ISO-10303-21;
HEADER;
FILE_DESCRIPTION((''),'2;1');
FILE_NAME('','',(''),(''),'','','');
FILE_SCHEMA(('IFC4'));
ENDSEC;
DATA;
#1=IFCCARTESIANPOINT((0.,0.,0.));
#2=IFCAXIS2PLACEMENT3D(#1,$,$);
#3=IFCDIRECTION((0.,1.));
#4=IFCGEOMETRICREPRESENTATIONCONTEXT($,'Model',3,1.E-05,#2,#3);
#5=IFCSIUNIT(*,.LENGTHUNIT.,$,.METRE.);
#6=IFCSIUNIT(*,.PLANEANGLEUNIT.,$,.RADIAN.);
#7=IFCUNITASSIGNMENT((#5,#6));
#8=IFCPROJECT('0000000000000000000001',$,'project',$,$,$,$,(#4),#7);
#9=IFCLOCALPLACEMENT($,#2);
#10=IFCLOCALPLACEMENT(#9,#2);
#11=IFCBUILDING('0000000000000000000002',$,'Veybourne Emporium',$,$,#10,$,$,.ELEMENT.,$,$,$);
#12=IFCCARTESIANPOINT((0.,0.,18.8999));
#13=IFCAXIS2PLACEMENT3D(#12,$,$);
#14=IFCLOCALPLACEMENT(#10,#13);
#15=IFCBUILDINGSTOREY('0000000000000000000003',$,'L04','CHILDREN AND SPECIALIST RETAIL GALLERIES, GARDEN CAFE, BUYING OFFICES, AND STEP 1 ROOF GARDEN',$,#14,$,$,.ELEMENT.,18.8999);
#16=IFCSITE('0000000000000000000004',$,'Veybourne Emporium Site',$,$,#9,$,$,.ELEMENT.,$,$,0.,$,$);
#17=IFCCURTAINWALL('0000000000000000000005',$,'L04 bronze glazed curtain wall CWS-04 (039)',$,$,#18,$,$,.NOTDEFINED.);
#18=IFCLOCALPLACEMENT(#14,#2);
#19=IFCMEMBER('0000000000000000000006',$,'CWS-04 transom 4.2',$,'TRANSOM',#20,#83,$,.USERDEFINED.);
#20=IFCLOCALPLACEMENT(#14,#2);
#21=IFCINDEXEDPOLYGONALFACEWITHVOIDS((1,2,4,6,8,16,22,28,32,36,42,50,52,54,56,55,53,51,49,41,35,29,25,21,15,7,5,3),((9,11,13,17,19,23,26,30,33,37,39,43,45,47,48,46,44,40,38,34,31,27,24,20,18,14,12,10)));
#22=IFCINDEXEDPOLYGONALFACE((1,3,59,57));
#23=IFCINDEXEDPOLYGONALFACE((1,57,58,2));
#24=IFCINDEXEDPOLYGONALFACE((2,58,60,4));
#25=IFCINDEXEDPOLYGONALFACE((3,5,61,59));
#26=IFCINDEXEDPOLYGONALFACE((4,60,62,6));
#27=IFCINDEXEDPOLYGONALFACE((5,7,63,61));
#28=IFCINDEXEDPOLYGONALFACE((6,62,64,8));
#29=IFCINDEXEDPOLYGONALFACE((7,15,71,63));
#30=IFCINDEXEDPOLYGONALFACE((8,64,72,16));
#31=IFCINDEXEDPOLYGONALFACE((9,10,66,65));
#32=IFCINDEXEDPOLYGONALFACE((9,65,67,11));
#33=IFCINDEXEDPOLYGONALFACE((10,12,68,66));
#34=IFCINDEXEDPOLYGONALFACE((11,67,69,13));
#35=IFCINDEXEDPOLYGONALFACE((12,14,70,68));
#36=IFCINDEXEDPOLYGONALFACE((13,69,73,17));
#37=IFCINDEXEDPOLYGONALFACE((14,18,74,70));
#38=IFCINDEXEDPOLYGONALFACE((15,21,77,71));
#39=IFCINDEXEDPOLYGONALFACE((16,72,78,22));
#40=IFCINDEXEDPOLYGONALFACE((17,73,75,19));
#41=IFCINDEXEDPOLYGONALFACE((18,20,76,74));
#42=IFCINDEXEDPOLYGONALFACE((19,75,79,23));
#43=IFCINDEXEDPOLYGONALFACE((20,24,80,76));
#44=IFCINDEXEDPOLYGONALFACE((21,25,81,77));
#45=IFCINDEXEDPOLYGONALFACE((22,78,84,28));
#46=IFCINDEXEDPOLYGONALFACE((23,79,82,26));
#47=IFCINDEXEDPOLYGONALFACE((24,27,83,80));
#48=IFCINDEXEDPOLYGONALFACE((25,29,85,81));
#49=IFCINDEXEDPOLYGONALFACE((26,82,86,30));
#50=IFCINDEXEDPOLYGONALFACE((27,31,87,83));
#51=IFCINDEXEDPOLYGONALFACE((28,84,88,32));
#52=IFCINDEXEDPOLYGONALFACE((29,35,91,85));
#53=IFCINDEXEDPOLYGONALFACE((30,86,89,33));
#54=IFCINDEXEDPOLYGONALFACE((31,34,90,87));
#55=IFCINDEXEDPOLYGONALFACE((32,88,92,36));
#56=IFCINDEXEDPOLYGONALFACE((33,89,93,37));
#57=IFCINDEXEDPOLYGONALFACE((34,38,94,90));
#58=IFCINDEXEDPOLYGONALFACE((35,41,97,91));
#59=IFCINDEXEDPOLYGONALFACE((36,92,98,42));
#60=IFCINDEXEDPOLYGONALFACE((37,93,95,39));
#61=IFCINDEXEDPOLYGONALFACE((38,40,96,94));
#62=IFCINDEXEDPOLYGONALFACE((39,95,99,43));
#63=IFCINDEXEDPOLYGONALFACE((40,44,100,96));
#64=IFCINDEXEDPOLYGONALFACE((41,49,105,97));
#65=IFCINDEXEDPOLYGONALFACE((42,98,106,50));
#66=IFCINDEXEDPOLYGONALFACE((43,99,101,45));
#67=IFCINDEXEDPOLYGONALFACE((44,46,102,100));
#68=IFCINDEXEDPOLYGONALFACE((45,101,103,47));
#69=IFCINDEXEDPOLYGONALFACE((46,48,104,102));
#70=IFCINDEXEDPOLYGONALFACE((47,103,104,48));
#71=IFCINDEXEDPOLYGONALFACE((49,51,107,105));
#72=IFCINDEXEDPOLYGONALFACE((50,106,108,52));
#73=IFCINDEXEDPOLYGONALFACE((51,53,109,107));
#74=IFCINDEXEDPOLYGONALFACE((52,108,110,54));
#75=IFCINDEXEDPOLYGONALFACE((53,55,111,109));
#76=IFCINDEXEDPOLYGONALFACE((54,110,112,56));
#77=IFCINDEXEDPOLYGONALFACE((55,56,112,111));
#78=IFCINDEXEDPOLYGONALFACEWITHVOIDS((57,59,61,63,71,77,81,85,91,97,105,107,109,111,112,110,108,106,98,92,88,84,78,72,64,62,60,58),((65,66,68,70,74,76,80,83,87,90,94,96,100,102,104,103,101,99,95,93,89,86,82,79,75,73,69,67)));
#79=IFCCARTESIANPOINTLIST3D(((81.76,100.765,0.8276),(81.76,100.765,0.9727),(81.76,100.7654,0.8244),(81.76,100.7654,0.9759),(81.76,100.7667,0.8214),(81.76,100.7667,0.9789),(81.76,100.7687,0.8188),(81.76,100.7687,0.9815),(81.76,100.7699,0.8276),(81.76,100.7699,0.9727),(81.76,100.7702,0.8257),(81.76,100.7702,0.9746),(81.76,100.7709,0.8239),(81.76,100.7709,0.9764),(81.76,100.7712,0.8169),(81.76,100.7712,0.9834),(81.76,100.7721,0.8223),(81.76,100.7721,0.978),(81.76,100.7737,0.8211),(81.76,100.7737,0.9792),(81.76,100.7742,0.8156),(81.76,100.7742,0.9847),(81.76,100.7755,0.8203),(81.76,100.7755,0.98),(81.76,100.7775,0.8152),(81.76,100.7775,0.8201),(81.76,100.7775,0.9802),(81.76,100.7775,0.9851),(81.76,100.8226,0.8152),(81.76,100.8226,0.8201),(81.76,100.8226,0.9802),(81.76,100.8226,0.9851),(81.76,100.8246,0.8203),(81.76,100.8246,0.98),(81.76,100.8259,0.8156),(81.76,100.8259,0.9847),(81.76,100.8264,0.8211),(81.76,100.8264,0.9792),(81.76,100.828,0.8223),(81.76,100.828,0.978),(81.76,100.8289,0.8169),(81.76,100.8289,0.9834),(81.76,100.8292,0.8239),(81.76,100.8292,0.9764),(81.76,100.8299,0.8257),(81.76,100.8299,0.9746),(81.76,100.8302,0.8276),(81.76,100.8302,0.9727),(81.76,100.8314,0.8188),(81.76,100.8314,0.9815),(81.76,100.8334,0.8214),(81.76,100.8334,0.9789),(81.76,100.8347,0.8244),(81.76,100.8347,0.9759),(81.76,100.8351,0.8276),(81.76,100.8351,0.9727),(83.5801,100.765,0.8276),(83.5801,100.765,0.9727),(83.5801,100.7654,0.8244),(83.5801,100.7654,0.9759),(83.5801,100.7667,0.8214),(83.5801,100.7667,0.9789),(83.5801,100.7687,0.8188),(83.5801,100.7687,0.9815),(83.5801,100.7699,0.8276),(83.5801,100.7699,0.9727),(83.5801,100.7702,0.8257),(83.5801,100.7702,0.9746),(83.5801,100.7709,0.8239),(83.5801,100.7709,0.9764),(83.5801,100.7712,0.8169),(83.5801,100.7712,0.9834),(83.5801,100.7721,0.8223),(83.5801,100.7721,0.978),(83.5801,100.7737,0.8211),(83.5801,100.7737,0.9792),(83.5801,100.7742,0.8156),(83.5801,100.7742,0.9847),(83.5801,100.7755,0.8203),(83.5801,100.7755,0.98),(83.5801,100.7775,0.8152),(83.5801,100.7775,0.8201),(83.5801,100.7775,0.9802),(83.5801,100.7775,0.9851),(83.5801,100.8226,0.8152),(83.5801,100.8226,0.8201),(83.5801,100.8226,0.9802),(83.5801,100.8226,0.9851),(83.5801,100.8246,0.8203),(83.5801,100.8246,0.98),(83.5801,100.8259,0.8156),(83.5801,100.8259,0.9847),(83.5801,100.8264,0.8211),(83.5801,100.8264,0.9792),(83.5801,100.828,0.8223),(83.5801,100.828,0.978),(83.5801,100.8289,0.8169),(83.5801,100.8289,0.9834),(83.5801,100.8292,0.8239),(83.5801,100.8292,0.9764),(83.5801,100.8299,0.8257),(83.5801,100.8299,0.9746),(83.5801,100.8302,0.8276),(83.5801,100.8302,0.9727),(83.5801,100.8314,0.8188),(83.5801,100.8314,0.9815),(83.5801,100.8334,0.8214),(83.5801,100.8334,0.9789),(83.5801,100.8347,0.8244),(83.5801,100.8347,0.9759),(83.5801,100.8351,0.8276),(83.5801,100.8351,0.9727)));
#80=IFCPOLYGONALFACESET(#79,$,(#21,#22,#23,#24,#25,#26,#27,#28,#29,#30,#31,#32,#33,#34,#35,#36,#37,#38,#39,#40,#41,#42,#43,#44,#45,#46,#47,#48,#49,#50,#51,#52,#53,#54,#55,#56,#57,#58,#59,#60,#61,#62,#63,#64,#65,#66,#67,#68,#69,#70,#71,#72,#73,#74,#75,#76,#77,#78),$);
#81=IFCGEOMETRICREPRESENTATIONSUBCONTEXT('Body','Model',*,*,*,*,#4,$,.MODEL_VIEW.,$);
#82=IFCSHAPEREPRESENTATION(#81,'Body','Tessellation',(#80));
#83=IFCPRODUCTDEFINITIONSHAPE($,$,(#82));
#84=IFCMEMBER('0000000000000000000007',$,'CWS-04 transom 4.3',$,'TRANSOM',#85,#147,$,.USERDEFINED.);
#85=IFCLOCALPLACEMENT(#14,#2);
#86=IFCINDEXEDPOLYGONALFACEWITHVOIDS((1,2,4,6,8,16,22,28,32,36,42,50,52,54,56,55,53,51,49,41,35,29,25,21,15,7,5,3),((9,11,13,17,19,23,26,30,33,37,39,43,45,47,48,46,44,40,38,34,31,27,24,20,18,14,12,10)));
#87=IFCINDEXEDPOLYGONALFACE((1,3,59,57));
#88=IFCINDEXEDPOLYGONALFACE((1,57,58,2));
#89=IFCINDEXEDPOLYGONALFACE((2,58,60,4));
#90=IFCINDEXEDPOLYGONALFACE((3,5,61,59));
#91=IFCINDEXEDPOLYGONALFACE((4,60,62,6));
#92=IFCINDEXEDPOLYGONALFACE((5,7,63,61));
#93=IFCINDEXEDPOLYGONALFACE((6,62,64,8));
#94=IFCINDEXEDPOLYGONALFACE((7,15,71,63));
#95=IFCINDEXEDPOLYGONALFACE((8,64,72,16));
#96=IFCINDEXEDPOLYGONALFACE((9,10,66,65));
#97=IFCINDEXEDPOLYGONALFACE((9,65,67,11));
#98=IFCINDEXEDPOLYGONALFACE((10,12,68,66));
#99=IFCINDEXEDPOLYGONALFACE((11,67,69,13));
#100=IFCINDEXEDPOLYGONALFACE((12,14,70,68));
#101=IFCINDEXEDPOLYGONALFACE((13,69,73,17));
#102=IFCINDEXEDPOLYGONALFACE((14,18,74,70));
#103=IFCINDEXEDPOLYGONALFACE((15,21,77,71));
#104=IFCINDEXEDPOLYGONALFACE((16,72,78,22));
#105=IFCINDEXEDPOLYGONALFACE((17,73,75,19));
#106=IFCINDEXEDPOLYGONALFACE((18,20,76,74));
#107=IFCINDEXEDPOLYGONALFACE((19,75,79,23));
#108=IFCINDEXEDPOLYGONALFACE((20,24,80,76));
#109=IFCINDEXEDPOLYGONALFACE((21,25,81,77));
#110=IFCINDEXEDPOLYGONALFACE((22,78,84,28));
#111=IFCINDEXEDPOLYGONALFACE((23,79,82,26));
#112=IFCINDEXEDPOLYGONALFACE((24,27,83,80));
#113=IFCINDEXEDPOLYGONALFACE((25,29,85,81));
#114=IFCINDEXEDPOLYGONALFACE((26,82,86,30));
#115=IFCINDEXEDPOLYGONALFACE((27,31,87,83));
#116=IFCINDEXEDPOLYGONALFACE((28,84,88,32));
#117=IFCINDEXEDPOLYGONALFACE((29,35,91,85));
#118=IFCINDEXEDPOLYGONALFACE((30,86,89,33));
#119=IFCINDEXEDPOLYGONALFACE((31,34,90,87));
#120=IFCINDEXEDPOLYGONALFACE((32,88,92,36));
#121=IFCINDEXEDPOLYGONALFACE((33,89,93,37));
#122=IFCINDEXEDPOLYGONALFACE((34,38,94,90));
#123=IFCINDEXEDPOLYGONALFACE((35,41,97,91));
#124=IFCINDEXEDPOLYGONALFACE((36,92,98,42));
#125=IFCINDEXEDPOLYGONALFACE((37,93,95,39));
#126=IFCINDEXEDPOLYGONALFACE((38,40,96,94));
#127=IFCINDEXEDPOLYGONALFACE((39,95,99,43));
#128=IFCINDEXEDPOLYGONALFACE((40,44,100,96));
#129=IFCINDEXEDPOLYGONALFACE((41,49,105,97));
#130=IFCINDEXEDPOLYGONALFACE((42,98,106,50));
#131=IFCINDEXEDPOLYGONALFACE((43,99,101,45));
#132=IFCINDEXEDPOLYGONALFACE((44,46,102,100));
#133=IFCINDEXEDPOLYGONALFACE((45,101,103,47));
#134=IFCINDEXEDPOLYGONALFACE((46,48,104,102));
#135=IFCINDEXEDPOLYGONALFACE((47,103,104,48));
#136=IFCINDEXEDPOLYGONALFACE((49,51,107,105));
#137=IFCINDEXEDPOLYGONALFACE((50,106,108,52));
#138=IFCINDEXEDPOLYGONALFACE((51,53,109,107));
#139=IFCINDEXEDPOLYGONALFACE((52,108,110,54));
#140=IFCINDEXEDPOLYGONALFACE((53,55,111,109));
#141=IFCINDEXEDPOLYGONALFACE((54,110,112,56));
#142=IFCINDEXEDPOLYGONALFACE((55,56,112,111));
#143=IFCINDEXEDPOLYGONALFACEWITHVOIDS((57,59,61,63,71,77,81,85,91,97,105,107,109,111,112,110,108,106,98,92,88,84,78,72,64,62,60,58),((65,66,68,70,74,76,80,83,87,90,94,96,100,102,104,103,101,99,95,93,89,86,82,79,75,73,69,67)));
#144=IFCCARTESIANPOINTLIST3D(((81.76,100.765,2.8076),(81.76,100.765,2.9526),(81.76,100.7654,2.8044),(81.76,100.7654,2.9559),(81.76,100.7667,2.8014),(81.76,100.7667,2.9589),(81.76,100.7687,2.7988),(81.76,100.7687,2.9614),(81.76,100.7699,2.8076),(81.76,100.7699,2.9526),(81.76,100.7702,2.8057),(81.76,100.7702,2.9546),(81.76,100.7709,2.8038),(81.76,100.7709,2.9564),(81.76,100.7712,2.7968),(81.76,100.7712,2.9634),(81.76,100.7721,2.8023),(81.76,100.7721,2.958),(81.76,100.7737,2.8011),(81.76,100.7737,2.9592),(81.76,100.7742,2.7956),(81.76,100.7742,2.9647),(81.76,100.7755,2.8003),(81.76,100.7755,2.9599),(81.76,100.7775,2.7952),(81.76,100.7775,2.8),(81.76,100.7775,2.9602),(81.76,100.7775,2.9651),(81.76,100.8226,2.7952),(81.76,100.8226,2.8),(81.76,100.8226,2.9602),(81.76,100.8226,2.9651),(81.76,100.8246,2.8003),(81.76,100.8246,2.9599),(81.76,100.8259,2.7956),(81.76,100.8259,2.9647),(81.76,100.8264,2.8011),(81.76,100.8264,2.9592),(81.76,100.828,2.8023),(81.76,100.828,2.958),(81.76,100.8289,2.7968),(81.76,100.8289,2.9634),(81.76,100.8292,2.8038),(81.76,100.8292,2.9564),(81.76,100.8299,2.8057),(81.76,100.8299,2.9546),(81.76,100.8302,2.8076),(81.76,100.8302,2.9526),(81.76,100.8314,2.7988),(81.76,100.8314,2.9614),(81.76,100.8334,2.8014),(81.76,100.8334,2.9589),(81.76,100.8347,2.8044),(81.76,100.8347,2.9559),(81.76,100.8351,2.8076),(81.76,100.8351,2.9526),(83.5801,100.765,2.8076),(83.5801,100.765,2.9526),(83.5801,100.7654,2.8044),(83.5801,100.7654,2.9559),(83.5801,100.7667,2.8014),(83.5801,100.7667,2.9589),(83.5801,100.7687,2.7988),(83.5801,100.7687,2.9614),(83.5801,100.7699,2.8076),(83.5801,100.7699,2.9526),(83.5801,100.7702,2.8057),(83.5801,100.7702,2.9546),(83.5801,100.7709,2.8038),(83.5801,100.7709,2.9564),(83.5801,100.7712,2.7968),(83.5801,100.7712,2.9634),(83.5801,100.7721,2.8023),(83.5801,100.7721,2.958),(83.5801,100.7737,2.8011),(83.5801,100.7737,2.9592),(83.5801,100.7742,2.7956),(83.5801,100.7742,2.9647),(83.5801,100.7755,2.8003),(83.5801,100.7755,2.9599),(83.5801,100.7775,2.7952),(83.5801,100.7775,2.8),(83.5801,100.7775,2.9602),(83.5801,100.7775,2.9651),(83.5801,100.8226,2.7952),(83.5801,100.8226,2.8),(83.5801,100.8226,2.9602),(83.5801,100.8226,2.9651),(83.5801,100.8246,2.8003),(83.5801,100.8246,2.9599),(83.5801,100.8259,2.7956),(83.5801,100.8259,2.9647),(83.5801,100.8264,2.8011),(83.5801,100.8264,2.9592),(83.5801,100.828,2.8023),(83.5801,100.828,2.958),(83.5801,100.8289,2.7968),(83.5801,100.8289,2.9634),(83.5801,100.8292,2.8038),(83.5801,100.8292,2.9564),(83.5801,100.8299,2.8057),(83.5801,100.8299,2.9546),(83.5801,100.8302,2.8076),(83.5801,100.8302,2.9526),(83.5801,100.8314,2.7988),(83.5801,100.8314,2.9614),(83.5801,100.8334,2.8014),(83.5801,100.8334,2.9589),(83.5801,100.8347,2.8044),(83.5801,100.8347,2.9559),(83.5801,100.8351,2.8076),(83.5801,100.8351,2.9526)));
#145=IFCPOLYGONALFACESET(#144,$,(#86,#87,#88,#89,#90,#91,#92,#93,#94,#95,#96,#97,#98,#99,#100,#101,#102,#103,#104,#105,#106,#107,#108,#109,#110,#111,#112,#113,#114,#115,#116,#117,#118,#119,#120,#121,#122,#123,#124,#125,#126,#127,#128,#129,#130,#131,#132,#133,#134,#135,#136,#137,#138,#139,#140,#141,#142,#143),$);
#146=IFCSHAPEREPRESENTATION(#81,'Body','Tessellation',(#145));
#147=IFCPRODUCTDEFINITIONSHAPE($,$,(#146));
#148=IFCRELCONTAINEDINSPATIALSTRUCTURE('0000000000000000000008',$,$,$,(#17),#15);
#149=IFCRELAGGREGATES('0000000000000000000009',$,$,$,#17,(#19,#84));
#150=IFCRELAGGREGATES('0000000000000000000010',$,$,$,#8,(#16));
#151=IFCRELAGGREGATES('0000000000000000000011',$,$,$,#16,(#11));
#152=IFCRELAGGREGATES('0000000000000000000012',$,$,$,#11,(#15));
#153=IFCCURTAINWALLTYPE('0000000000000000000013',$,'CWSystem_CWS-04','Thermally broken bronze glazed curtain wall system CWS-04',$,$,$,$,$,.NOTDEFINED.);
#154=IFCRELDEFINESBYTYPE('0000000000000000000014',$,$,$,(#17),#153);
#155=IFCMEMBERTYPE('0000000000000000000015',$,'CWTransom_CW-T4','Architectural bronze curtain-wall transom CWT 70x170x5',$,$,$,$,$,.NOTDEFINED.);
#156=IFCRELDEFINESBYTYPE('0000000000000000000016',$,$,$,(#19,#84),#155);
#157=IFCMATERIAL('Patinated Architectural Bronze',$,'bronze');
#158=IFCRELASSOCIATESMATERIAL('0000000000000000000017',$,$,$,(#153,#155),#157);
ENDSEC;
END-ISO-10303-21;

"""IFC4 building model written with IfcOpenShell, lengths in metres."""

from ifc_helpers import new_model, si_unit, direction, frame, origin, origin_2d, place, context, subcontext, project, spatial, hollow_rectangle, extrude, material, material_profile, profile_set, type_object, element, aggregate, save


model = new_model("IFC4")

# Units and contexts
model_context = context("Model", 3, precision=1e-05, world=origin(), true_north=direction((0.0, 1.0)))
body_context = subcontext(model_context, "Body", "Model", "MODEL_VIEW")
ifc_project = project(units=[si_unit("LENGTHUNIT", "METRE"), si_unit("PLANEANGLEUNIT", "RADIAN")], contexts=[model_context])

# Site, building, storey
site_placement = place(None, origin())
site = spatial("IfcSite", under=ifc_project, at=site_placement, Name="Veybourne Emporium Site", CompositionType="ELEMENT", RefElevation=0.0)
building_placement = place(site_placement, origin())
building = spatial("IfcBuilding", under=site, at=building_placement, Name="Veybourne Emporium", CompositionType="ELEMENT")
storey_placement = place(building_placement, frame((0.0, 0.0, 18.8999)))
storey = spatial("IfcBuildingStorey", under=building, at=storey_placement, Name="L04", Description="CHILDREN AND SPECIALIST RETAIL GALLERIES, GARDEN CAFE, BUYING OFFICES, AND STEP 1 ROOF GARDEN", CompositionType="ELEMENT", Elevation=18.8999)

# Curtain wall, members
ifc_material_1 = material(Name="Patinated Architectural Bronze", Category="bronze")
curtain_wall_type = type_object("IfcCurtainWallType", Name="CWSystem_CWS-04", Description="Thermally broken bronze glazed curtain wall system CWS-04", PredefinedType="NOTDEFINED", material=ifc_material_1)
curtain_wall_placement = place(storey_placement, origin())
curtain_wall = element("IfcCurtainWall", 1, at=curtain_wall_placement, inside=storey, type_object=curtain_wall_type, Name="L04 bronze glazed curtain wall CWS-04 (039)", PredefinedType="NOTDEFINED")
ifc_material_profile_1 = material_profile(ifc_material_1, hollow_rectangle(XDim=0.0701, YDim=0.1699, WallThickness=0.0049, InnerFilletRadius=0.0076, OuterFilletRadius=0.0125, at=origin_2d()), Name="CWT 70x170x5")
ifc_profile_set_1 = profile_set([ifc_material_profile_1], Name="Patinated Architectural Bronze")
member_type_1 = type_object("IfcMemberType", Name="CWTransom_CW-T4", Description="Architectural bronze curtain-wall transom CWT 70x170x5", PredefinedType="NOTDEFINED", material=ifc_profile_set_1)
member_1_placement = place(storey_placement, frame((81.76, 100.8, 0.9001), z_axis=(1.0, 0.0, 0.0), x_axis=(0.0, 1.0, 0.0)))
member_1 = element("IfcMember", 2, at=member_1_placement, type_object=member_type_1, Name="CWS-04 transom 4.2", ObjectType="TRANSOM", PredefinedType="USERDEFINED", context=body_context, shape_type="SweptSolid", body=[
    extrude(hollow_rectangle(XDim=0.0701, YDim=0.1699, WallThickness=0.0049, InnerFilletRadius=0.0076, OuterFilletRadius=0.0125, at=origin_2d()), origin(), (0.0, 0.0, 1.0), 1.8201),
])
member_2_placement = place(storey_placement, frame((81.76, 100.8, 2.8801), z_axis=(1.0, 0.0, 0.0), x_axis=(0.0, 1.0, 0.0)))
member_2 = element("IfcMember", 3, at=member_2_placement, type_object=member_type_1, Name="CWS-04 transom 4.3", ObjectType="TRANSOM", PredefinedType="USERDEFINED", context=body_context, shape_type="SweptSolid", body=[
    extrude(hollow_rectangle(XDim=0.0701, YDim=0.1699, WallThickness=0.0049, InnerFilletRadius=0.0076, OuterFilletRadius=0.0125, at=origin_2d()), origin(), (0.0, 0.0, 1.0), 1.8201),
])
aggregate(curtain_wall, [member_1, member_2])

save(model, "model.ifc")
